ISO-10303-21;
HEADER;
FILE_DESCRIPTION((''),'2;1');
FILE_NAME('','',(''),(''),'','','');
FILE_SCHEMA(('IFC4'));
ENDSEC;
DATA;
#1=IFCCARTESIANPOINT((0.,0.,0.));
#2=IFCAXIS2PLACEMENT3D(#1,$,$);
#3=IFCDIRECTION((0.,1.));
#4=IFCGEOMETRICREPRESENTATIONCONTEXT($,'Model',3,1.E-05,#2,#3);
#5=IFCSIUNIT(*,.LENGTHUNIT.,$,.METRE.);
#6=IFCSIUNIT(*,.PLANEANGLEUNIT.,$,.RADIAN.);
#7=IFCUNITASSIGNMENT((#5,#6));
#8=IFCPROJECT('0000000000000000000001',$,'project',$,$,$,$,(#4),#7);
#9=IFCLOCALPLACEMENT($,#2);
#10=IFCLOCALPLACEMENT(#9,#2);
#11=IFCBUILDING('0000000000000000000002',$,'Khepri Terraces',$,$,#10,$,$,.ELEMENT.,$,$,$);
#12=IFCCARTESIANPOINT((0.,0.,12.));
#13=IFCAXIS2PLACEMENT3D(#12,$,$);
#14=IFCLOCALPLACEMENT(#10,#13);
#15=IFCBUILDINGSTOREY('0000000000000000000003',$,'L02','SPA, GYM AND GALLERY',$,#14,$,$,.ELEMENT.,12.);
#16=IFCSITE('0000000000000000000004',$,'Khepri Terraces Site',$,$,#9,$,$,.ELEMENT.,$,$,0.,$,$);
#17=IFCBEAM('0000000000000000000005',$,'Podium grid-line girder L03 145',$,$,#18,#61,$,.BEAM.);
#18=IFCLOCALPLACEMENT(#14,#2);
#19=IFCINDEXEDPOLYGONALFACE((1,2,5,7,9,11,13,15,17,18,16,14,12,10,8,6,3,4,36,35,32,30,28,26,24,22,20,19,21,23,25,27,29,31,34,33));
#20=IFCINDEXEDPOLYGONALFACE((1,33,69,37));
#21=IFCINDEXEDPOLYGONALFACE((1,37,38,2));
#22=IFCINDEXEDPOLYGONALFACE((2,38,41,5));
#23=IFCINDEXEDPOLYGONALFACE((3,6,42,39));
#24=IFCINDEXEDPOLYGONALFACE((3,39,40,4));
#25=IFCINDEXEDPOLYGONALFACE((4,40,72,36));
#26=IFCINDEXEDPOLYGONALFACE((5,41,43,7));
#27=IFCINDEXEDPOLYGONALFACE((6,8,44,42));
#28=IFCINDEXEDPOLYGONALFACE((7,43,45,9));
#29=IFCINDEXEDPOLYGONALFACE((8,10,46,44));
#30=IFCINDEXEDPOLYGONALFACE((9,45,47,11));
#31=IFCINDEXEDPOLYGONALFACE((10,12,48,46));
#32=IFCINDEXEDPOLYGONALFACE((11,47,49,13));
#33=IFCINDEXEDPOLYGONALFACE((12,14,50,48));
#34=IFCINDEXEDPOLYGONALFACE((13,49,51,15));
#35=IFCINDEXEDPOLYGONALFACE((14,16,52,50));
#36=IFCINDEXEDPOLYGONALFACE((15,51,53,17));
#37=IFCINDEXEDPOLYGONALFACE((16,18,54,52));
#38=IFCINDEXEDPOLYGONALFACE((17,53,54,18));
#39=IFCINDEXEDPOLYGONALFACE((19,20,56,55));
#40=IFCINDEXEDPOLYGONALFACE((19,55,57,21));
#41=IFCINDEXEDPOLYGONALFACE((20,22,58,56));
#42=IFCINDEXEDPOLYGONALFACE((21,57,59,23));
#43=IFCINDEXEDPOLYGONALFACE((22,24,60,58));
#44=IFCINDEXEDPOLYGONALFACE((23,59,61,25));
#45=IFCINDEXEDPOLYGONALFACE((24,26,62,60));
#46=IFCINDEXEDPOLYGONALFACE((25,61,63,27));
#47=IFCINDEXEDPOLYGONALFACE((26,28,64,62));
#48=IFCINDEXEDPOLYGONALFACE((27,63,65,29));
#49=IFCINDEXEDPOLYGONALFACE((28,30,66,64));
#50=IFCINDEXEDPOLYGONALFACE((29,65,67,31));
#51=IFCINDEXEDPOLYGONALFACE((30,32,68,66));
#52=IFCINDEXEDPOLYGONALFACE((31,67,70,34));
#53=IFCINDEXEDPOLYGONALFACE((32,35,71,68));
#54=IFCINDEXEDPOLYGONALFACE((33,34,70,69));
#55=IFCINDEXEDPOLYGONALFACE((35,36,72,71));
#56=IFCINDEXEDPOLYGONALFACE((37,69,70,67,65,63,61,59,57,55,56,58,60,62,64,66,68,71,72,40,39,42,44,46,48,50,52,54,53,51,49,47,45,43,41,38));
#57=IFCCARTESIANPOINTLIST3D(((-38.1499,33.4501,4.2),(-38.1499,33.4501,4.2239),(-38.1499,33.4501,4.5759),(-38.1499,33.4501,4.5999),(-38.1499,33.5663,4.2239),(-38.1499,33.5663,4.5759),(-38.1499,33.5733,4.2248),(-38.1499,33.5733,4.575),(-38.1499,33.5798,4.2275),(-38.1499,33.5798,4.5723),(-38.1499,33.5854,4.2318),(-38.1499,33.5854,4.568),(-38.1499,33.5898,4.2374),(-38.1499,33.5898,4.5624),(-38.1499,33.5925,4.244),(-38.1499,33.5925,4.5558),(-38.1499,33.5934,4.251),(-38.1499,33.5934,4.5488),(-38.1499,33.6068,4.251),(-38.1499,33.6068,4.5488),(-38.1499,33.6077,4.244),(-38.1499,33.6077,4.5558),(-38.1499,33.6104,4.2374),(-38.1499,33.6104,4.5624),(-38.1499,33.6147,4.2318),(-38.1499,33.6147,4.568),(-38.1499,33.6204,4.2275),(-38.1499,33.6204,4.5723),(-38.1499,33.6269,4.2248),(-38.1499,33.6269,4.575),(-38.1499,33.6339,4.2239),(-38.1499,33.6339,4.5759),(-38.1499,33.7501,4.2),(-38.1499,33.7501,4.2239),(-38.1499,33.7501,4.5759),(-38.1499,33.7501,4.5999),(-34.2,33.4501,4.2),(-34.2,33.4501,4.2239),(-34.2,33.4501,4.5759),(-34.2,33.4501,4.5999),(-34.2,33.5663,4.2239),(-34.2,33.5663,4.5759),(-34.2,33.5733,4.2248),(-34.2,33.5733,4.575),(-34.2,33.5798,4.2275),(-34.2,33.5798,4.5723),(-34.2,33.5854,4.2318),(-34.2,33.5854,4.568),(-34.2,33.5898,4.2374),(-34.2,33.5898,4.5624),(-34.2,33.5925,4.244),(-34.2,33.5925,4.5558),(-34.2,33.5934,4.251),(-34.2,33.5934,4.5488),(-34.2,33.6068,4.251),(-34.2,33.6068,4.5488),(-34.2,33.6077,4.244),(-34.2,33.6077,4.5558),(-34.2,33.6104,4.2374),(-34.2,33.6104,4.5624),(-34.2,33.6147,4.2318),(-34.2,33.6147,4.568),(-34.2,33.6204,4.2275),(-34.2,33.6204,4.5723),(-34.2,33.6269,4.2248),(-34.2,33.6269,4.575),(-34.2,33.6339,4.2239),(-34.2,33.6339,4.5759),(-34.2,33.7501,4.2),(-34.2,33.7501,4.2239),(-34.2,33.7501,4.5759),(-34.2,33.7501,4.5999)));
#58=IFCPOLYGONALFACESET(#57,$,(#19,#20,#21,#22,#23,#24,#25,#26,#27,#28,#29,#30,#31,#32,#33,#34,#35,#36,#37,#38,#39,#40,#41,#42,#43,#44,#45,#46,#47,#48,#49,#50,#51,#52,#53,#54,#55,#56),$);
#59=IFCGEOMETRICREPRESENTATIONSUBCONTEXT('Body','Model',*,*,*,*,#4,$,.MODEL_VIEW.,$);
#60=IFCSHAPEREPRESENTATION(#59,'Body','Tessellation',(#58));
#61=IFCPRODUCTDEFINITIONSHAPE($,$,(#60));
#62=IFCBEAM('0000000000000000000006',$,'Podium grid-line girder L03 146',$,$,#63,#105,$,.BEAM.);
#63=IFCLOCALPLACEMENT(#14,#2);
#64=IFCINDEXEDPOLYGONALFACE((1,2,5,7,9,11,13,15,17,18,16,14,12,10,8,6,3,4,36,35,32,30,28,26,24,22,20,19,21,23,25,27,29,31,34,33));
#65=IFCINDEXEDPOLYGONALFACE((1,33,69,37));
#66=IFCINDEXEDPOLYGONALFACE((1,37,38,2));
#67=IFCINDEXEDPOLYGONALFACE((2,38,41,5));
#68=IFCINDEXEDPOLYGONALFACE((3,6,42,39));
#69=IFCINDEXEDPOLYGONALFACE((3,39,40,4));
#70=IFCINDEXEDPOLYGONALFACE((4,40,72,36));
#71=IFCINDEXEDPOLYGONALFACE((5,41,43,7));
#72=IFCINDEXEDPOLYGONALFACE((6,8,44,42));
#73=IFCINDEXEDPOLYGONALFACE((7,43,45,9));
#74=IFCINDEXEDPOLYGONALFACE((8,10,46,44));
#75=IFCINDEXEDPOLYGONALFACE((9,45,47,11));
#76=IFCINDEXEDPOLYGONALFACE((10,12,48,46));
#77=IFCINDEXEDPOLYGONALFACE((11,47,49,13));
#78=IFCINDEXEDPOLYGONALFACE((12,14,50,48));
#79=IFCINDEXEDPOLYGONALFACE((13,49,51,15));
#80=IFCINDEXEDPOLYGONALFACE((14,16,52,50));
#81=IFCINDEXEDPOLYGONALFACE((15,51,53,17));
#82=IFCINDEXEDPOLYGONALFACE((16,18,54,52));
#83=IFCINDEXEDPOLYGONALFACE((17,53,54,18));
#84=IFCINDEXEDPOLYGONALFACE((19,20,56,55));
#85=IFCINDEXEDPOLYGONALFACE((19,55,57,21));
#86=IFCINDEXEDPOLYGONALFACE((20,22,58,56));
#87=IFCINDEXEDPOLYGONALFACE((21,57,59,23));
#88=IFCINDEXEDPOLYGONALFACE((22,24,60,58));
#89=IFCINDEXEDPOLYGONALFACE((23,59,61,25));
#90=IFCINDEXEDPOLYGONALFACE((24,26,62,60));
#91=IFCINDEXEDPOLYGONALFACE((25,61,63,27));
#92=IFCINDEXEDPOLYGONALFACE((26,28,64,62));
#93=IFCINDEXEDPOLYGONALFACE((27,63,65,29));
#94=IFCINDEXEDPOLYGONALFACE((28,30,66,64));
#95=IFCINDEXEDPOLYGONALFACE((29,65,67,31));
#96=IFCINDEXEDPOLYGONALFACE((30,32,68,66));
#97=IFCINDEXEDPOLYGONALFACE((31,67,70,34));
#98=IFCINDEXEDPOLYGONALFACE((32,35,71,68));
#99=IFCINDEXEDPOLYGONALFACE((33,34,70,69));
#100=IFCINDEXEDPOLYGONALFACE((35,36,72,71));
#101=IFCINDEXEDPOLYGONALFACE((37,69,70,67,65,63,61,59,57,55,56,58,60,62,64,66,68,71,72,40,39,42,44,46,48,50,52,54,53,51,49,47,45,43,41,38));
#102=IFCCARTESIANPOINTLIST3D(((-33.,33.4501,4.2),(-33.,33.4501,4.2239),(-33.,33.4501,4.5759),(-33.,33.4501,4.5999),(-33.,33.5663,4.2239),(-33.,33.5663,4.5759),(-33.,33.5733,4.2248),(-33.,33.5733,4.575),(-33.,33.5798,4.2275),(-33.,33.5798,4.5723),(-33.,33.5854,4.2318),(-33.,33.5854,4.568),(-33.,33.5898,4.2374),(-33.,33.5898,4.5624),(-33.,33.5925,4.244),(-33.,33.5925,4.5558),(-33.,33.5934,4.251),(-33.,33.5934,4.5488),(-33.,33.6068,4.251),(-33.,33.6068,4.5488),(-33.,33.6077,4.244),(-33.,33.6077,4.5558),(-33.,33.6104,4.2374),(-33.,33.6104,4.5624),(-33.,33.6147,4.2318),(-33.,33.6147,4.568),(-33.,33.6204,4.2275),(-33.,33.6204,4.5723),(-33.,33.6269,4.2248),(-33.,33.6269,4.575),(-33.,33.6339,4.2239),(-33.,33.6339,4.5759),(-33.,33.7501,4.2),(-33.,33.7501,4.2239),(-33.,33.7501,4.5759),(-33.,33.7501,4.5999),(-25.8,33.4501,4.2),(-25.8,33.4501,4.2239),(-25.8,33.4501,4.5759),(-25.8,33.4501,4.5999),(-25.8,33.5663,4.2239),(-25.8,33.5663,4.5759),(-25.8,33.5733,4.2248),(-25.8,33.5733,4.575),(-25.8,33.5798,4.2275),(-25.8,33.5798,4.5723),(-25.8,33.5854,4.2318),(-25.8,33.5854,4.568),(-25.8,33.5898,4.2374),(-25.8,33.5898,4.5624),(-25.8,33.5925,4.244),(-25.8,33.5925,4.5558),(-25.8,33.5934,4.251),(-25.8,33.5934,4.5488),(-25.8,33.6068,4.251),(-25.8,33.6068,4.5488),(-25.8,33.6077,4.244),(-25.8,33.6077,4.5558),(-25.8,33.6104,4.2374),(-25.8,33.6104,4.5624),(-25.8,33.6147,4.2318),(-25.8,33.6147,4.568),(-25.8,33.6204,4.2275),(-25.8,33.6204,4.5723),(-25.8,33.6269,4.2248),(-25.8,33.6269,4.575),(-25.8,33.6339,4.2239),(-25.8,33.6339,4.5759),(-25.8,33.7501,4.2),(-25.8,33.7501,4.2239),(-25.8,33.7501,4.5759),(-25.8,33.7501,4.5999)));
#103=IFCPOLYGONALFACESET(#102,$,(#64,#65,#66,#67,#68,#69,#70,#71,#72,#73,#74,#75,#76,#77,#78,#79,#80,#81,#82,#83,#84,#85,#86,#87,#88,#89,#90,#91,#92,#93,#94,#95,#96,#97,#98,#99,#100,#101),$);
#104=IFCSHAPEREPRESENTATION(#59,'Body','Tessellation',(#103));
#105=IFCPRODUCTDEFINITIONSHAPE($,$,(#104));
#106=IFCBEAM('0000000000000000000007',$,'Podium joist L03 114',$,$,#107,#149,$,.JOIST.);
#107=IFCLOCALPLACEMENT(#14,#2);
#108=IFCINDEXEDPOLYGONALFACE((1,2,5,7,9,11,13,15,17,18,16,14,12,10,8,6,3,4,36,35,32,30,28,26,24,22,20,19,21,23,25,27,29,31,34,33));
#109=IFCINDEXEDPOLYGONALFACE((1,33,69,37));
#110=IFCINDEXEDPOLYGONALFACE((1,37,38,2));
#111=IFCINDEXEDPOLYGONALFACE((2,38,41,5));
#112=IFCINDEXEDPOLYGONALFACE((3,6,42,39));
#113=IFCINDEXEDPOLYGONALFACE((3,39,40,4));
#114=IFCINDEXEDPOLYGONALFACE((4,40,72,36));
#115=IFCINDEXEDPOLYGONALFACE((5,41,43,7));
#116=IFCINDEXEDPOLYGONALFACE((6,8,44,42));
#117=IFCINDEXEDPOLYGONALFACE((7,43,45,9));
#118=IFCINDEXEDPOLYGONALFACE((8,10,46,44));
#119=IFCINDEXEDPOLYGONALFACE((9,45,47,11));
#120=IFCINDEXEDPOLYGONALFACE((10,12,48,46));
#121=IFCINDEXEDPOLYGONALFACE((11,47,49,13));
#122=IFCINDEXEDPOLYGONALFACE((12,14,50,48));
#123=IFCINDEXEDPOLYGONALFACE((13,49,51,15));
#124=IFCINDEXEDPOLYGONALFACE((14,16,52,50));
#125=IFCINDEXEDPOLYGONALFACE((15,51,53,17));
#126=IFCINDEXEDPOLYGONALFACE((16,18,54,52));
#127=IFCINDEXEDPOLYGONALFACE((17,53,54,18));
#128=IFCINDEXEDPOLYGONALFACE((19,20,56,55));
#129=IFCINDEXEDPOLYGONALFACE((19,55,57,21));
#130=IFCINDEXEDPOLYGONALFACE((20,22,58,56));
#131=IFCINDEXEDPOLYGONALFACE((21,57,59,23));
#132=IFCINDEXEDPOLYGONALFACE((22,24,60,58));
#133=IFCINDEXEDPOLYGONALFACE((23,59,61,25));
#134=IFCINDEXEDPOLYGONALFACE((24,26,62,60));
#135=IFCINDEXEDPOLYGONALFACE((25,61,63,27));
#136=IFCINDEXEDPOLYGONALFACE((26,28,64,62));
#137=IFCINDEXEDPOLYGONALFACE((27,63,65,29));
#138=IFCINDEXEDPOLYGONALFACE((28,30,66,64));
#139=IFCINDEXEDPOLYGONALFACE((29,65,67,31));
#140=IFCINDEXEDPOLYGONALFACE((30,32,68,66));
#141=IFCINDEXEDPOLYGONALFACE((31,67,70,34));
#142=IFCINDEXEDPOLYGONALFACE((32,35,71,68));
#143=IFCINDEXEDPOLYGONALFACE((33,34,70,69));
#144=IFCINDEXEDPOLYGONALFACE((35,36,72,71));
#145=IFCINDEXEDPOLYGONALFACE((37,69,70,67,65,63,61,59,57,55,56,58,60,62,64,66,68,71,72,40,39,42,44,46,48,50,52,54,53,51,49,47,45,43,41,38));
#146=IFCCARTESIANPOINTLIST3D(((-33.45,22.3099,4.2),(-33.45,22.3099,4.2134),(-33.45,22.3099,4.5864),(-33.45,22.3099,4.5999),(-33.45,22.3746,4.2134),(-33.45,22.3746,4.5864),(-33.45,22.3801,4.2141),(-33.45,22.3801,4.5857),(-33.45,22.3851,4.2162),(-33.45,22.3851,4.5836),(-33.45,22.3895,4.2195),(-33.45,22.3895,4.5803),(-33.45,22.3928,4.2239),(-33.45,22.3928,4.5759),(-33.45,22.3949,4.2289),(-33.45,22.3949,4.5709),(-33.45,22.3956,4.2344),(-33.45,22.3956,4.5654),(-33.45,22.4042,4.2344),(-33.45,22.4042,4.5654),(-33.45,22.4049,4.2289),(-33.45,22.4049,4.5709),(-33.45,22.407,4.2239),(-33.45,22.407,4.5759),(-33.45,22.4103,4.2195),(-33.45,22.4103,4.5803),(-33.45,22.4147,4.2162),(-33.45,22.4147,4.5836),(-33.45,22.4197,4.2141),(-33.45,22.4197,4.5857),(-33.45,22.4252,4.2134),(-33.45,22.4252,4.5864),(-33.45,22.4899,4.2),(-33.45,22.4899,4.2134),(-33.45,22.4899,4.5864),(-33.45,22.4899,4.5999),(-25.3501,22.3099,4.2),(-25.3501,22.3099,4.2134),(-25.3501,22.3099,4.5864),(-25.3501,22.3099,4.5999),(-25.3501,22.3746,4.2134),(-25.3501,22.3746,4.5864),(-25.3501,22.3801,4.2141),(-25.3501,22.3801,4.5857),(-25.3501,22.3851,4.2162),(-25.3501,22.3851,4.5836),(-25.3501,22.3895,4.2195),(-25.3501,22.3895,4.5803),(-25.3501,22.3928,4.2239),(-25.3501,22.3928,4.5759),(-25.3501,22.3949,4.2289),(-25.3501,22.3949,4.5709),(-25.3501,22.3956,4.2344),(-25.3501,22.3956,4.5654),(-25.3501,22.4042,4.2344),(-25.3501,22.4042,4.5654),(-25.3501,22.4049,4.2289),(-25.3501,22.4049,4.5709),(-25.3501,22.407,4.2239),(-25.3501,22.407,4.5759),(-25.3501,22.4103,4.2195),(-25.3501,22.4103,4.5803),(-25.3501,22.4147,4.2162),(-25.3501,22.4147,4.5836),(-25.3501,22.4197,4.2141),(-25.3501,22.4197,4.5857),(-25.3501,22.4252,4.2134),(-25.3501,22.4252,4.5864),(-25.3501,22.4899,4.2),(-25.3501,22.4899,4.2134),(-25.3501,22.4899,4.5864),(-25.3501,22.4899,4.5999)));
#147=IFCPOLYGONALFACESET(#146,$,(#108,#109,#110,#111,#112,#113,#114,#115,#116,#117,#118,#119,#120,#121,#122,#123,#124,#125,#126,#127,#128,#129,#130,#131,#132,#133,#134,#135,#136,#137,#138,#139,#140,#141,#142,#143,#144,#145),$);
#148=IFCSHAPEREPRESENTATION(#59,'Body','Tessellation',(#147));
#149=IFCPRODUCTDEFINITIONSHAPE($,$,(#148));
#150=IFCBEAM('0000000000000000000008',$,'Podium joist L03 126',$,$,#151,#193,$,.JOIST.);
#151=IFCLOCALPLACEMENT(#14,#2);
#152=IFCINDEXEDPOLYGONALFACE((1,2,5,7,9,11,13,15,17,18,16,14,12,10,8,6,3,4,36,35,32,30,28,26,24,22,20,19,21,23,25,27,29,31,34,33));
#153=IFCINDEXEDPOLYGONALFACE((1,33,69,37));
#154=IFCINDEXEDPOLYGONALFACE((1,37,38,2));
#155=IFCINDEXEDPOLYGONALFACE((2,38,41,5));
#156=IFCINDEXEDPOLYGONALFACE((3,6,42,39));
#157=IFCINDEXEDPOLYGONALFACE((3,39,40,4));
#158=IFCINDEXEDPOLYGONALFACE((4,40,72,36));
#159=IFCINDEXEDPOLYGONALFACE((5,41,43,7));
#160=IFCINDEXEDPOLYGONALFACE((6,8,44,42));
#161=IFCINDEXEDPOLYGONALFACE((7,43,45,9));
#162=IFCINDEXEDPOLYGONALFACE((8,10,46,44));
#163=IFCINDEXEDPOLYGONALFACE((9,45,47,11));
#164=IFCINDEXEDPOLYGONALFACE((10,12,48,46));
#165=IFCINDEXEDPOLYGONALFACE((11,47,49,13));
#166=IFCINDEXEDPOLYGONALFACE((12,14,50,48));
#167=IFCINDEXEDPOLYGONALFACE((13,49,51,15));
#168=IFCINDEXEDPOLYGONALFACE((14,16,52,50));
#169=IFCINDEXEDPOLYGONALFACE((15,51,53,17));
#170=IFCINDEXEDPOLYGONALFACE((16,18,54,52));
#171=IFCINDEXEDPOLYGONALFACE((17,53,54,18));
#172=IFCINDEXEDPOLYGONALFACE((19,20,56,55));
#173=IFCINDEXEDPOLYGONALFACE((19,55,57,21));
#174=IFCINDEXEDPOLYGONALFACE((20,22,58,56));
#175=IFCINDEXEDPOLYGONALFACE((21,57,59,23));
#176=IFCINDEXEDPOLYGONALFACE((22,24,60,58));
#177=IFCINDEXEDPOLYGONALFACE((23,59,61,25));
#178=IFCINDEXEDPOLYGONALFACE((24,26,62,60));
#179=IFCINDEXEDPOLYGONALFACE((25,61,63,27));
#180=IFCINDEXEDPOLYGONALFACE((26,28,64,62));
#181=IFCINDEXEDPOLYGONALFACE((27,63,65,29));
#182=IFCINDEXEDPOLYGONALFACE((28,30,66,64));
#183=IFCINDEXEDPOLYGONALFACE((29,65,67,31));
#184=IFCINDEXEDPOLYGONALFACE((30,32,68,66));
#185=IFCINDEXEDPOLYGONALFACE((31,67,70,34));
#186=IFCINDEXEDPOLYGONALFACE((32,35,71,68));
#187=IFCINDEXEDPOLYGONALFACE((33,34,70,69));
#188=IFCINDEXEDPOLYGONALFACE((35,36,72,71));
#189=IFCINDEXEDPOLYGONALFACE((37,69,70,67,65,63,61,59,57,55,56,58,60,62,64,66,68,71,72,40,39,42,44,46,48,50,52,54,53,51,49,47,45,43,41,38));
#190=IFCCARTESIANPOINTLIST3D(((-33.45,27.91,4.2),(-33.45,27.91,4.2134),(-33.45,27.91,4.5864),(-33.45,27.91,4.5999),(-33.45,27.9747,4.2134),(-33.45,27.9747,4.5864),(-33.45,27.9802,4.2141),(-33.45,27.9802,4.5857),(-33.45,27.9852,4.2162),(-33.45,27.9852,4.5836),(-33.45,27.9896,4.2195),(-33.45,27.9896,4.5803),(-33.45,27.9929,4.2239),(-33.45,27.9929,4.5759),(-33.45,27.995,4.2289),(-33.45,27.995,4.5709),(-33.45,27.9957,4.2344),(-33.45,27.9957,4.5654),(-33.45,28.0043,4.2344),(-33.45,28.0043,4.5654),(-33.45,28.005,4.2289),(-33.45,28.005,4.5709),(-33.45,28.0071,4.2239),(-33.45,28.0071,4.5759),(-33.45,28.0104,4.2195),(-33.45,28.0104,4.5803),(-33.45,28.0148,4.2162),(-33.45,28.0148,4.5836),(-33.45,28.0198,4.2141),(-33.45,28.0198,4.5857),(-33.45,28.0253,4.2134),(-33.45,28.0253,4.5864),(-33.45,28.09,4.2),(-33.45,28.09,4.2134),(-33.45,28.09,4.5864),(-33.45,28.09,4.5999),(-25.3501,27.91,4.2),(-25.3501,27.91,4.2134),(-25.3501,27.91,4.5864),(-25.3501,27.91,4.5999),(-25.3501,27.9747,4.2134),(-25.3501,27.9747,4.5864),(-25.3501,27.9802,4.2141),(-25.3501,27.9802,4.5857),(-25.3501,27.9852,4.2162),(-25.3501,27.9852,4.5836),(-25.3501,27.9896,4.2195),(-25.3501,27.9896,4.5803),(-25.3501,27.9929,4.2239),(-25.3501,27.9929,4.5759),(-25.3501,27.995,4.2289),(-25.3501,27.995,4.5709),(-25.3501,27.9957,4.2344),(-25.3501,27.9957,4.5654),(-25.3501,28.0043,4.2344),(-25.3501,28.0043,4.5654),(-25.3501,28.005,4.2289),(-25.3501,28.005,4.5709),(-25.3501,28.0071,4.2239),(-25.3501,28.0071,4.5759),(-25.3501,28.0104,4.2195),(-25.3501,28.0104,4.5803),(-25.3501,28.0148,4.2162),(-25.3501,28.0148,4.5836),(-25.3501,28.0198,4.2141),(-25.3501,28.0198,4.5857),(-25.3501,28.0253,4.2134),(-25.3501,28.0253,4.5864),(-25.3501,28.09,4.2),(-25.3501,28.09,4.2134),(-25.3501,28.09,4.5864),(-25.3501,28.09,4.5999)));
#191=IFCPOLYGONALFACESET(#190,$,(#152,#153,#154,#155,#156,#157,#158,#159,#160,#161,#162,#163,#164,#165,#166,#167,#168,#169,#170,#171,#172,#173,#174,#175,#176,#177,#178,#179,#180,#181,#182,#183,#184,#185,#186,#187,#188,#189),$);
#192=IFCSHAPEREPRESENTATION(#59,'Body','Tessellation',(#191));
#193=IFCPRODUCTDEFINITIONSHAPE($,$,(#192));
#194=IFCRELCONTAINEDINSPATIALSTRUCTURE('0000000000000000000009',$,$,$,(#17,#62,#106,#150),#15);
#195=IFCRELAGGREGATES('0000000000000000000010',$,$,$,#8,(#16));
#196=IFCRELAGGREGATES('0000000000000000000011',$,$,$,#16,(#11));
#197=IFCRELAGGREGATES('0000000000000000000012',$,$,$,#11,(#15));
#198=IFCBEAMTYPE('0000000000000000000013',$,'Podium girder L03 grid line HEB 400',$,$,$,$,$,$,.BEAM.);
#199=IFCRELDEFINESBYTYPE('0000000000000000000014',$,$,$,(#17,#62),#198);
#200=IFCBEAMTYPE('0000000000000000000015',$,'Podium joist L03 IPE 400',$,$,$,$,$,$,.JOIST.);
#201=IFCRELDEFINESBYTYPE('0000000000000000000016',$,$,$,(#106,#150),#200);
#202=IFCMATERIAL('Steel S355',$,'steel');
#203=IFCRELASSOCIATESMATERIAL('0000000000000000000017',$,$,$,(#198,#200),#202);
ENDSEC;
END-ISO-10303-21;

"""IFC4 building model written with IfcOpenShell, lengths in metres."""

from ifc_helpers import new_model, si_unit, direction, frame, origin, origin_2d, place, context, subcontext, project, spatial, i_section, extrude, material, material_profile, profile_set, type_object, element, save


model = new_model("IFC4")

# Units and contexts
model_context = context("Model", 3, precision=1e-05, world=origin(), true_north=direction((0.0, 1.0)))
body_context = subcontext(model_context, "Body", "Model", "MODEL_VIEW")
ifc_project = project(units=[si_unit("LENGTHUNIT", "METRE"), si_unit("PLANEANGLEUNIT", "RADIAN")], contexts=[model_context])

# Site, building, storey
site_placement = place(None, origin())
site = spatial("IfcSite", under=ifc_project, at=site_placement, Name="Khepri Terraces Site", CompositionType="ELEMENT", RefElevation=0.0)
building_placement = place(site_placement, origin())
building = spatial("IfcBuilding", under=site, at=building_placement, Name="Khepri Terraces", CompositionType="ELEMENT")
storey_placement = place(building_placement, frame((0.0, 0.0, 12.0)))
storey = spatial("IfcBuildingStorey", under=building, at=storey_placement, Name="L02", Description="SPA, GYM AND GALLERY", CompositionType="ELEMENT", Elevation=12.0)

# Beams
ifc_material_1 = material(Name="Steel S355", Category="steel")
ifc_material_profile_1 = material_profile(ifc_material_1, i_section(OverallWidth=0.3, OverallDepth=0.3999, WebThickness=0.0134, FlangeThickness=0.0239, FilletRadius=0.0271, at=origin_2d()), Name="Steel S355", Category="steel")
ifc_profile_set_1 = profile_set([ifc_material_profile_1], Name="Steel S355")
beam_type_1 = type_object("IfcBeamType", Name="Podium girder L03 grid line HEB 400", PredefinedType="BEAM", material=ifc_profile_set_1)
beam_1_placement = place(storey_placement, frame((-38.1499, 33.6001, 4.3999), z_axis=(1.0, 0.0, 0.0), x_axis=(0.0, 1.0, 0.0)))
element("IfcBeam", 1, at=beam_1_placement, inside=storey, type_object=beam_type_1, Name="Podium grid-line girder L03 145", PredefinedType="BEAM", context=body_context, shape_type="SweptSolid", body=[
    extrude(i_section(OverallWidth=0.3, OverallDepth=0.3999, WebThickness=0.0134, FlangeThickness=0.0239, FilletRadius=0.0271, at=origin_2d()), origin(), (0.0, 0.0, 1.0), 3.95),
])
beam_2_placement = place(storey_placement, frame((-33.0, 33.6001, 4.3999), z_axis=(1.0, 0.0, 0.0), x_axis=(0.0, 1.0, 0.0)))
element("IfcBeam", 2, at=beam_2_placement, inside=storey, type_object=beam_type_1, Name="Podium grid-line girder L03 146", PredefinedType="BEAM", context=body_context, shape_type="SweptSolid", body=[
    extrude(i_section(OverallWidth=0.3, OverallDepth=0.3999, WebThickness=0.0134, FlangeThickness=0.0239, FilletRadius=0.0271, at=origin_2d()), origin(), (0.0, 0.0, 1.0), 7.2),
])
ifc_material_profile_2 = material_profile(ifc_material_1, i_section(OverallWidth=0.1799, OverallDepth=0.3999, WebThickness=0.0085, FlangeThickness=0.0134, FilletRadius=0.021, at=origin_2d()), Name="Steel S355", Category="steel")
ifc_profile_set_2 = profile_set([ifc_material_profile_2], Name="Steel S355")
beam_type_2 = type_object("IfcBeamType", Name="Podium joist L03 IPE 400", PredefinedType="JOIST", material=ifc_profile_set_2)
for number, where, z_axis, x_axis, name in (
    (3, (-33.45, 22.3999, 4.3999), (1.0, 0.0, 0.0), (0.0, 1.0, 0.0), "Podium joist L03 114"),
    (4, (-33.45, 28.0, 4.3999), (1.0, 0.0, 0.0), (0.0, 1.0, 0.0), "Podium joist L03 126"),
):
    element("IfcBeam", number, at=place(storey_placement, frame(where, z_axis=z_axis, x_axis=x_axis)), inside=storey, type_object=beam_type_2, Name=name, PredefinedType="JOIST", context=body_context, shape_type="SweptSolid", body=[
        extrude(i_section(OverallWidth=0.1799, OverallDepth=0.3999, WebThickness=0.0085, FlangeThickness=0.0134, FilletRadius=0.021, at=origin_2d()), origin(), (0.0, 0.0, 1.0), 8.0999),
    ])

save(model, "model.ifc")
